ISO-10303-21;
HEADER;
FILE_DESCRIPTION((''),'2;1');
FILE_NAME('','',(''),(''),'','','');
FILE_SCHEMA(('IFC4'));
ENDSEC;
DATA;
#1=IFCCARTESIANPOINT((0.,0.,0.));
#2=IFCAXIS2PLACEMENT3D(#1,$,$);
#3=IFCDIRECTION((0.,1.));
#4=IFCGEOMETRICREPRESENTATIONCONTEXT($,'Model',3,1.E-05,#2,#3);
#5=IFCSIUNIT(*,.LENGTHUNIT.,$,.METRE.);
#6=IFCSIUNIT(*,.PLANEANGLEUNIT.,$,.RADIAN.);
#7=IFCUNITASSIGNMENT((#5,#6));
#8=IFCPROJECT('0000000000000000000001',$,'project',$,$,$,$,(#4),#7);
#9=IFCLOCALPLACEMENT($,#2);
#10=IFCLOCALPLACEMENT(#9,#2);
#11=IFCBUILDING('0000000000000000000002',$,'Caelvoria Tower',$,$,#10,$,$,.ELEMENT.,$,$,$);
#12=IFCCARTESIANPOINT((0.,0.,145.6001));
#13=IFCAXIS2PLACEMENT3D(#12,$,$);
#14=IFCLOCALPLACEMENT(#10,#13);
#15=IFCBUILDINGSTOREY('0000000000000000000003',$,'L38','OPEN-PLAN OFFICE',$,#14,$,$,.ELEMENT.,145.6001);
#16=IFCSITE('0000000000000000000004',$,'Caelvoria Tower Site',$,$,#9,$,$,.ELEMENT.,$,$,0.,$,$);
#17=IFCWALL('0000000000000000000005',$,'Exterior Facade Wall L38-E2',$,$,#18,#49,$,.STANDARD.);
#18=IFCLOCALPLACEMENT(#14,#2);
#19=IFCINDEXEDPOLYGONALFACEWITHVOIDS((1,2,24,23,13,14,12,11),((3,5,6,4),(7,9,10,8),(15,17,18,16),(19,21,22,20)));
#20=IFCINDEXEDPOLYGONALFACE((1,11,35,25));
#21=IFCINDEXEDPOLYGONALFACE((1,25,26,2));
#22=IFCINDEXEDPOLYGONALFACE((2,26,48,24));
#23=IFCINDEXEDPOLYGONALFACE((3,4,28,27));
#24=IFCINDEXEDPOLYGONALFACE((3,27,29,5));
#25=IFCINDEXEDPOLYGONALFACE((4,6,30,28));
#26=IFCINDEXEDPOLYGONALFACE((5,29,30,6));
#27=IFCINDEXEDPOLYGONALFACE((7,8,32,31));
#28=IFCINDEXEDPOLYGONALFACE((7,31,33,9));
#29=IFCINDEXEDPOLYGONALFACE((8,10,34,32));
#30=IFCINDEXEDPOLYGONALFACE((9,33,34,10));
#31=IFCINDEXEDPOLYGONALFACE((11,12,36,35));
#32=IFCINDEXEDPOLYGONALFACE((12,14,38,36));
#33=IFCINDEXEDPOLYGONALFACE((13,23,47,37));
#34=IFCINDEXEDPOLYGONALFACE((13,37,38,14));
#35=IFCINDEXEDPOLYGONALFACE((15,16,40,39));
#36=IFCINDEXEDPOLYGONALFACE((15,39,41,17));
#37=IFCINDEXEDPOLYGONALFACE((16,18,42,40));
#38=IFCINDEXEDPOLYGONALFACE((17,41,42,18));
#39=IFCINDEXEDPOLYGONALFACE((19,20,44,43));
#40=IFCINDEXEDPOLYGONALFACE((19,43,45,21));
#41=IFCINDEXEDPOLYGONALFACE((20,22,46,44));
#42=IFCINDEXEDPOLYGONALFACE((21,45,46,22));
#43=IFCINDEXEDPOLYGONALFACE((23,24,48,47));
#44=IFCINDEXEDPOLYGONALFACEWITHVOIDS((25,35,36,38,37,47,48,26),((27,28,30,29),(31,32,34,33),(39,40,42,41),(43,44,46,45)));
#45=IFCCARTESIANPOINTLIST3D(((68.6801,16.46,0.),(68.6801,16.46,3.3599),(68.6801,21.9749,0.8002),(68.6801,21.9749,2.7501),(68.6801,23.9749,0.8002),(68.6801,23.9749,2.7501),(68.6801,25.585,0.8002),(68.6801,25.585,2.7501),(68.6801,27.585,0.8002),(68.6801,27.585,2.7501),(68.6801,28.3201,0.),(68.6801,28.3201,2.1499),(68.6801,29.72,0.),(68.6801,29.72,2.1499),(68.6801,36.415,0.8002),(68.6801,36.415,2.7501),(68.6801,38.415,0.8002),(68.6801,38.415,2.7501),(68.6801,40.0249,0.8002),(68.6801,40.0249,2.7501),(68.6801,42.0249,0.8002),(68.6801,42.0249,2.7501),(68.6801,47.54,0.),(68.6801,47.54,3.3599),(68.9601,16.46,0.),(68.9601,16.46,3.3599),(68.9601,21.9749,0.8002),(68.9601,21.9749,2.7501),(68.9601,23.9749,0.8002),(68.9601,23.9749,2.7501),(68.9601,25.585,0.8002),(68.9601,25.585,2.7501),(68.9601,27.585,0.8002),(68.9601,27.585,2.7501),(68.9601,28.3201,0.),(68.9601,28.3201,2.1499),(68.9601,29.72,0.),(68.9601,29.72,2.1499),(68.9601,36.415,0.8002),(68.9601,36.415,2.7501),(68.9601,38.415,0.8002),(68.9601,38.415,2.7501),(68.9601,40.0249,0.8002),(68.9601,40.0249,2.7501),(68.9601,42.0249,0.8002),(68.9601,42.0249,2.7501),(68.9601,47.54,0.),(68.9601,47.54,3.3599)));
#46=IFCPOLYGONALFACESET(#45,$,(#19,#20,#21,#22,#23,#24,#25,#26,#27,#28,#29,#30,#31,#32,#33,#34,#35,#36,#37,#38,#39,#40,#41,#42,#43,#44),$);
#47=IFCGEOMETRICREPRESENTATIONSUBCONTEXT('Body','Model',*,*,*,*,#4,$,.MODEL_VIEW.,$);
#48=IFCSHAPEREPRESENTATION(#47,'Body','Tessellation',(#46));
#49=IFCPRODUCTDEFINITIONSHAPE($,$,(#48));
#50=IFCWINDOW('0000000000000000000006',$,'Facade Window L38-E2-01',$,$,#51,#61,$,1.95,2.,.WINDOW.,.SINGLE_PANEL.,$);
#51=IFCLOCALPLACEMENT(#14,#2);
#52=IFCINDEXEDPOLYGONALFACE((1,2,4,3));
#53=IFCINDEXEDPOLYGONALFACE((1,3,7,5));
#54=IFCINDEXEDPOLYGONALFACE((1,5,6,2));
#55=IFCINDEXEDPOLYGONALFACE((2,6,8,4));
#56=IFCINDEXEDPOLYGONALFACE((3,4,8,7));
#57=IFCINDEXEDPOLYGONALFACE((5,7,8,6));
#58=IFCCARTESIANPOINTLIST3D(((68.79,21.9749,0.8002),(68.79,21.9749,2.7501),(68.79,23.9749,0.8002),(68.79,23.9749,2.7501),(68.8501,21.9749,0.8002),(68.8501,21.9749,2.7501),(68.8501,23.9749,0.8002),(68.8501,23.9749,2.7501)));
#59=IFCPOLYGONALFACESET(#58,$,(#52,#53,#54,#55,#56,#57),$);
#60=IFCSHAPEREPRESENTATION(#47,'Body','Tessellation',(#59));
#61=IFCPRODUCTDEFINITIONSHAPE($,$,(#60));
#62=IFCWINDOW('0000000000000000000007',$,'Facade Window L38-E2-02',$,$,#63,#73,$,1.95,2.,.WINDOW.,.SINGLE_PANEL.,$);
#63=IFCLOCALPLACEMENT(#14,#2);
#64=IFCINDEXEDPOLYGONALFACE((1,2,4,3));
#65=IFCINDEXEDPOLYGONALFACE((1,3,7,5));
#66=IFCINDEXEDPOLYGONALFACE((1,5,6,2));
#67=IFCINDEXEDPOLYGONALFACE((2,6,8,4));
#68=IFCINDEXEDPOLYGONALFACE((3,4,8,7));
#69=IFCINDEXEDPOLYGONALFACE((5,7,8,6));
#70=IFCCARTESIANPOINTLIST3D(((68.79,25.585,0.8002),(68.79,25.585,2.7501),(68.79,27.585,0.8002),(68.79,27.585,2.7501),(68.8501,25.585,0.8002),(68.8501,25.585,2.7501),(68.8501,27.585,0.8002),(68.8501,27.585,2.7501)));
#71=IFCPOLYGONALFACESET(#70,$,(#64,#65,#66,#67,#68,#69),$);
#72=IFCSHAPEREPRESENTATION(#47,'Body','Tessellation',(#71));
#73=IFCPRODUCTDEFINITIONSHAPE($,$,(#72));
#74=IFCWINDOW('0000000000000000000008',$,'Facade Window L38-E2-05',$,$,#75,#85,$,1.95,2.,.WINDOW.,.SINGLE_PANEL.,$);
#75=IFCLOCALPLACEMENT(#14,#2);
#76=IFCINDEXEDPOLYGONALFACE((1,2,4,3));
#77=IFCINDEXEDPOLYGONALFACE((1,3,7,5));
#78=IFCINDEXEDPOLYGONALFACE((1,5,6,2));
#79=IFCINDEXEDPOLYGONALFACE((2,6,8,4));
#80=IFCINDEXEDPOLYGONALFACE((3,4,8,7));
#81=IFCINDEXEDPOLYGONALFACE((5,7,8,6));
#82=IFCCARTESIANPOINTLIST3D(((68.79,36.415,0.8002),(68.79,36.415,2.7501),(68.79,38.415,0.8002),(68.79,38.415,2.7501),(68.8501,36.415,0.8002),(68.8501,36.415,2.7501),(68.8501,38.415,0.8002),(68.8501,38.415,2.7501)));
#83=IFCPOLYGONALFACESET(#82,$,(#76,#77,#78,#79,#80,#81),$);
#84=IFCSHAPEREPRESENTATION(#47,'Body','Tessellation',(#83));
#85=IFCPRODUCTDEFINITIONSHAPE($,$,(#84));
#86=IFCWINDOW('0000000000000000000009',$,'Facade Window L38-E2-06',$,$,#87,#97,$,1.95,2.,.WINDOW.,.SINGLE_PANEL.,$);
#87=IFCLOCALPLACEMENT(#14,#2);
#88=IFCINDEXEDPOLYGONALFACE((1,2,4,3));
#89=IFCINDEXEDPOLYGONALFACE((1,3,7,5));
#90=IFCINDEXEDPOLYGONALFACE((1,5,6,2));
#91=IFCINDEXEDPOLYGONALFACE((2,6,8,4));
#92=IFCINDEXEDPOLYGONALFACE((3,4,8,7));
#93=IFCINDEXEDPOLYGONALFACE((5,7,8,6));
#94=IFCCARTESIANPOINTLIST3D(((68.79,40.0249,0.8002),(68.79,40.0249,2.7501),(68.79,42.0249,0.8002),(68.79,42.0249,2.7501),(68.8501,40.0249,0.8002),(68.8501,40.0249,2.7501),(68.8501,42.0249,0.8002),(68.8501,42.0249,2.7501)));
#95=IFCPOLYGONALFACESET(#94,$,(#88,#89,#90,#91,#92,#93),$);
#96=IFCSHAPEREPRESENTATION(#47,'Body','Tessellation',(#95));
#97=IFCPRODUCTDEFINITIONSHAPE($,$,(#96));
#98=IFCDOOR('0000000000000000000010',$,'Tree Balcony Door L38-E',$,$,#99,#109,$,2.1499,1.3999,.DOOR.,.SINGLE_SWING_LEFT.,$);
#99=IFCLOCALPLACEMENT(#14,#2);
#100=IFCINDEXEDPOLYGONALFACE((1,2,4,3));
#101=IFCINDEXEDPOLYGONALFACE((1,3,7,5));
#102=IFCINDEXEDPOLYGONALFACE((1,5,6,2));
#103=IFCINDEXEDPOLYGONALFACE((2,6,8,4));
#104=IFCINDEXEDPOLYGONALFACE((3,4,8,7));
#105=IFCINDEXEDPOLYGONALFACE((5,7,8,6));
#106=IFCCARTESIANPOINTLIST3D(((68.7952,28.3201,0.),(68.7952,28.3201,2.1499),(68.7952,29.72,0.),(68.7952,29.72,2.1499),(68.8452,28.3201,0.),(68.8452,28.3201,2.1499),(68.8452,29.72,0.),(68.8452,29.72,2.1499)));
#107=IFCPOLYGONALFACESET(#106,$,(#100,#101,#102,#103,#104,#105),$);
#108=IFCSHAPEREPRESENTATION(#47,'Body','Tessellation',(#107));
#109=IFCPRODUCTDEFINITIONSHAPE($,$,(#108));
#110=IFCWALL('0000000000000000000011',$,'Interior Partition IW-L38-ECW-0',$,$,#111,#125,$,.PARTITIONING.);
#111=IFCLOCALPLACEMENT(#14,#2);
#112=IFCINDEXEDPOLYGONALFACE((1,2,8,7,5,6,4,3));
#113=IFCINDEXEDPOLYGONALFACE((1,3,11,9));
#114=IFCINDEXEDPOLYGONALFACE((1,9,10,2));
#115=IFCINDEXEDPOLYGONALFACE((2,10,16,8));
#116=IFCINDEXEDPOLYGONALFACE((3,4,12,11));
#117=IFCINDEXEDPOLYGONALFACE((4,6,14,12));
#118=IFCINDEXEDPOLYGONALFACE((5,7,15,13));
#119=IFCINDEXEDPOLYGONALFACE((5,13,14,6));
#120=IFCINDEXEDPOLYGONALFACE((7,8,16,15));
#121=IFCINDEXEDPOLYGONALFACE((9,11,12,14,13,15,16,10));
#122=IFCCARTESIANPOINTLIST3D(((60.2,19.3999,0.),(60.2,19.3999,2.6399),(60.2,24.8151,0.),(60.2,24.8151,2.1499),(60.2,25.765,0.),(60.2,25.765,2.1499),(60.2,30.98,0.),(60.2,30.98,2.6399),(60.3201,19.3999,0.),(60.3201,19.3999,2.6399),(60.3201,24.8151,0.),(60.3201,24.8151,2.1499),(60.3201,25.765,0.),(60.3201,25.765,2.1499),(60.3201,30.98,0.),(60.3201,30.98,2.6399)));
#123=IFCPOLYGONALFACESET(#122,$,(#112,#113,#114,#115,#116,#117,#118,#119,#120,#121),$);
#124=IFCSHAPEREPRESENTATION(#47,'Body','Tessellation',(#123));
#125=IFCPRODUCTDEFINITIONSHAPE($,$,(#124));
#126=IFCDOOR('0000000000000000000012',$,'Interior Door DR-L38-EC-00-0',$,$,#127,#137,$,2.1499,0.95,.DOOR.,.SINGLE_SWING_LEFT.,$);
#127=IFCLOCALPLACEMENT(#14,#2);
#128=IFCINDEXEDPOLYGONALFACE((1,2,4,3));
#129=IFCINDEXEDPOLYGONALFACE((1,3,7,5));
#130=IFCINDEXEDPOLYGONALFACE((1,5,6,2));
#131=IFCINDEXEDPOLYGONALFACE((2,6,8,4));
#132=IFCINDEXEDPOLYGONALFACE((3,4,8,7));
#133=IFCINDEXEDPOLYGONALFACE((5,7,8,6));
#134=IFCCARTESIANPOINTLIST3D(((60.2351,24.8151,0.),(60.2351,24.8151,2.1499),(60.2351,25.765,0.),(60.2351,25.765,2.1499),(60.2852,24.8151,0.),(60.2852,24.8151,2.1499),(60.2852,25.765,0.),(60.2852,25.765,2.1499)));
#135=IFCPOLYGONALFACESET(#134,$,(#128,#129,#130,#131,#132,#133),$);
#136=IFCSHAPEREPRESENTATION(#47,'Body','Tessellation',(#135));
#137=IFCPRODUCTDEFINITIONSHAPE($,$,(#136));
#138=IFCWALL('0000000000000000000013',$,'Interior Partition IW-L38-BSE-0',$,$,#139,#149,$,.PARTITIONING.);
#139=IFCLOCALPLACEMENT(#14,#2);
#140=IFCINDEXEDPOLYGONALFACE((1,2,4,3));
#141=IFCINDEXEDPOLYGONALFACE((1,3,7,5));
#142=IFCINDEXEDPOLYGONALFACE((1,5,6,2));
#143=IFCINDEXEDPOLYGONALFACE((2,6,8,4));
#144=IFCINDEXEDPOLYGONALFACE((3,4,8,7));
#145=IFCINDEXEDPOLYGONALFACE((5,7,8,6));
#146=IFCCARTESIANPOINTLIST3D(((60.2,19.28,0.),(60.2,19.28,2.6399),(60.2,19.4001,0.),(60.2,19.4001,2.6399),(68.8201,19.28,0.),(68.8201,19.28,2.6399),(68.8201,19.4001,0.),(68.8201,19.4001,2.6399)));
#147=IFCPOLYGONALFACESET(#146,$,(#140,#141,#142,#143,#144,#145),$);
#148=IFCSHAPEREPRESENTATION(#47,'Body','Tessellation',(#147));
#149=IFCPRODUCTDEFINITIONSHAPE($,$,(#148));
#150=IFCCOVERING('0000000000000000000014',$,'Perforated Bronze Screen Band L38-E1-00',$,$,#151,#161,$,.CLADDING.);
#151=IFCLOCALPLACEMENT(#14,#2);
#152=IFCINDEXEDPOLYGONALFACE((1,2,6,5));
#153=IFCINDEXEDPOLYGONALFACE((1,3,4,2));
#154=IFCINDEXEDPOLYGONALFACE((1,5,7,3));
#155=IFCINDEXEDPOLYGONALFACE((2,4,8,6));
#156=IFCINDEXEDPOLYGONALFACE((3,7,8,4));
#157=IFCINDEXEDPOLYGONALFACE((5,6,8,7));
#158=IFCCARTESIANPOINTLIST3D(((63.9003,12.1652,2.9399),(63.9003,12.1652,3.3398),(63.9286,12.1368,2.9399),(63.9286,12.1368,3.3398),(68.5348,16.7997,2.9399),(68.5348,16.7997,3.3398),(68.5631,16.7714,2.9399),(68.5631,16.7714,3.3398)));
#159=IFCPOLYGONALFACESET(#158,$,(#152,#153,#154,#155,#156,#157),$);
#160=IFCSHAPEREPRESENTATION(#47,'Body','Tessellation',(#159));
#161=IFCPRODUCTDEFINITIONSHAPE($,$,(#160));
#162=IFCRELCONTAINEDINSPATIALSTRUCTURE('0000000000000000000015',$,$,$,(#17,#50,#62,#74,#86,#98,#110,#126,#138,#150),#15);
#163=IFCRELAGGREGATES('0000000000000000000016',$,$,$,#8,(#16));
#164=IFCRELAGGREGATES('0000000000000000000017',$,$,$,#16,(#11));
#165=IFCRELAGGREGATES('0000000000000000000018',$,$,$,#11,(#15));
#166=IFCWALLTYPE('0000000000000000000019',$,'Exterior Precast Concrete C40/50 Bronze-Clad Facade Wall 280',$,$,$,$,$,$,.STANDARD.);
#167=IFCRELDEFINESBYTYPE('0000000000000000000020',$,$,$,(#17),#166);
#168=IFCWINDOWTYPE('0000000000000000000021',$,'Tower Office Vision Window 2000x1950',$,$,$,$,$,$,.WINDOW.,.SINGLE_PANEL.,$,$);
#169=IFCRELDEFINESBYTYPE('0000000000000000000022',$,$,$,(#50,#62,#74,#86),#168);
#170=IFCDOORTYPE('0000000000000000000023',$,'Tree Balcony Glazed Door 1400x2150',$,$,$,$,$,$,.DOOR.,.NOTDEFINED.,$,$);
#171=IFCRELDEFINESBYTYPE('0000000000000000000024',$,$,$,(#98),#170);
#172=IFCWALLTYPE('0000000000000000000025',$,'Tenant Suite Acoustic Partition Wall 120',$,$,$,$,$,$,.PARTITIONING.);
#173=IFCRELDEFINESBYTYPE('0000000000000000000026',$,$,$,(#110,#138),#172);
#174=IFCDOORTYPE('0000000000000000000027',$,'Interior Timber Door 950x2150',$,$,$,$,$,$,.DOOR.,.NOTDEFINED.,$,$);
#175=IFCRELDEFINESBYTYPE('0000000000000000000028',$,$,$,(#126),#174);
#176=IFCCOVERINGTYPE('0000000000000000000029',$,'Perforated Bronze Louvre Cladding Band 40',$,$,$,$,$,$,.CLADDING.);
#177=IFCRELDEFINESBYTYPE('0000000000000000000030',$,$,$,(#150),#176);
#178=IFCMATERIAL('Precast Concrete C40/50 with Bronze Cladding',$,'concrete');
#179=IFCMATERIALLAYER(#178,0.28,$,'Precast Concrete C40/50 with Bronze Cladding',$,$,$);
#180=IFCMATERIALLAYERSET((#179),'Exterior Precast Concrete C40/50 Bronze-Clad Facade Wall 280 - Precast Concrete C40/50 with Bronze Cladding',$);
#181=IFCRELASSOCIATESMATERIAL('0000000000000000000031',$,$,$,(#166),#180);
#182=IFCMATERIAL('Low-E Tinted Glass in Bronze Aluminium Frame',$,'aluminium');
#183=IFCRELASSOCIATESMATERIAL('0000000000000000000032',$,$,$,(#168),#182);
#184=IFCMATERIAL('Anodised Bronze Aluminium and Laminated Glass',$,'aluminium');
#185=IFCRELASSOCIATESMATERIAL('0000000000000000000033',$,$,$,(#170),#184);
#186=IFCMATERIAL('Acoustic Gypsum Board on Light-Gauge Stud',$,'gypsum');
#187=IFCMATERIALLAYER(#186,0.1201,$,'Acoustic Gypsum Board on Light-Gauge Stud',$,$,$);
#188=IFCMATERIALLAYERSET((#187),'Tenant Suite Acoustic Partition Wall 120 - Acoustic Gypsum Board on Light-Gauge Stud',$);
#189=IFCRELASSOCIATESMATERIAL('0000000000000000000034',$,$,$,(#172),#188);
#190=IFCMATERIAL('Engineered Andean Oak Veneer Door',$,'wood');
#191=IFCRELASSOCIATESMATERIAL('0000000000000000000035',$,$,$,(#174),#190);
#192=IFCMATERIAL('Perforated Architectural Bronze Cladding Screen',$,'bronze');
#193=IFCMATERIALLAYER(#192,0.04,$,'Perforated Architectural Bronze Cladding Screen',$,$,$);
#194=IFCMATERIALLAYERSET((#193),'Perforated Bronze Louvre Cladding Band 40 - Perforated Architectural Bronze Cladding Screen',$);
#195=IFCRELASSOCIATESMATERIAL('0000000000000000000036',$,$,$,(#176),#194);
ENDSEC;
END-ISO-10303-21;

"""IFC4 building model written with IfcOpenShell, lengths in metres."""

from ifc_helpers import new_model, si_unit, direction, frame, frame_2d, origin, origin_2d, place, context, subcontext, project, spatial, rectangle, extrude, material, layer, layer_set, type_object, element, fill, save


model = new_model("IFC4")

# Units and contexts
model_context = context("Model", 3, precision=1e-05, world=origin(), true_north=direction((0.0, 1.0)))
body_context = subcontext(model_context, "Body", "Model", "MODEL_VIEW")
ifc_project = project(units=[si_unit("LENGTHUNIT", "METRE"), si_unit("PLANEANGLEUNIT", "RADIAN")], contexts=[model_context])

# Site, building, storey
site_placement = place(None, origin())
site = spatial("IfcSite", under=ifc_project, at=site_placement, Name="Caelvoria Tower Site", CompositionType="ELEMENT", RefElevation=0.0)
building_placement = place(site_placement, origin())
building = spatial("IfcBuilding", under=site, at=building_placement, Name="Caelvoria Tower", CompositionType="ELEMENT")
storey_placement = place(building_placement, frame((0.0, 0.0, 145.6001)))
storey = spatial("IfcBuildingStorey", under=building, at=storey_placement, Name="L38", Description="OPEN-PLAN OFFICE", CompositionType="ELEMENT", Elevation=145.6001)

# Shared definitions
ifc_material_1 = material(Name="Precast Concrete C40/50 with Bronze Cladding", Category="concrete")
ifc_layer_1 = layer(ifc_material_1, 0.28, Name="Precast Concrete C40/50 with Bronze Cladding")
ifc_layer_set_1 = layer_set([ifc_layer_1], Name="Exterior Precast Concrete C40/50 Bronze-Clad Facade Wall 280 - Precast Concrete C40/50 with Bronze Cladding")
wall_type_1 = type_object("IfcWallType", Name="Exterior Precast Concrete C40/50 Bronze-Clad Facade Wall 280", PredefinedType="STANDARD", material=ifc_layer_set_1)

# Wall, openings, windows, door
wall_1_placement = place(storey_placement, frame((68.8201, 16.46, 0.0), z_axis=(0.0, 0.0, 1.0), x_axis=(0.0, 1.0, 0.0)))
wall_1 = element("IfcWall", 1, at=wall_1_placement, inside=storey, type_object=wall_type_1, Name="Exterior Facade Wall L38-E2", PredefinedType="STANDARD", context=body_context, shape_type="SweptSolid", body=[
    extrude(rectangle(XDim=31.0801, YDim=0.28, at=frame_2d((15.54, 0.0))), origin(), (0.0, 0.0, 1.0), 3.3599),
])
opening_1_placement = place(wall_1_placement, frame((11.8601, 0.0, 0.0)))
opening_1 = element("IfcOpeningElement", 2, at=opening_1_placement, cuts=wall_1, PredefinedType="OPENING", context=body_context, shape_type="SweptSolid", body=[
    extrude(rectangle(XDim=1.3999, YDim=2.1499, at=frame_2d((0.7, 1.075))), frame((0.0, 0.1499, 0.0), z_axis=(0.0, -1.0, 0.0), x_axis=(1.0, 0.0, 0.0)), (0.0, 0.0, 1.0), 0.3),
])
opening_2_placement = place(wall_1_placement, frame((5.5149, 0.0, 0.8)))
opening_2 = element("IfcOpeningElement", 3, at=opening_2_placement, cuts=wall_1, PredefinedType="OPENING", context=body_context, shape_type="SweptSolid", body=[
    extrude(rectangle(XDim=2.0, YDim=1.95, at=frame_2d((1.0, 0.9751))), frame((0.0, 0.1499, 0.0), z_axis=(0.0, -1.0, 0.0), x_axis=(1.0, 0.0, 0.0)), (0.0, 0.0, 1.0), 0.3),
])
opening_3_placement = place(wall_1_placement, frame((9.125, 0.0, 0.8)))
opening_3 = element("IfcOpeningElement", 4, at=opening_3_placement, cuts=wall_1, PredefinedType="OPENING", context=body_context, shape_type="SweptSolid", body=[
    extrude(rectangle(XDim=2.0, YDim=1.95, at=frame_2d((1.0, 0.9751))), frame((0.0, 0.1499, 0.0), z_axis=(0.0, -1.0, 0.0), x_axis=(1.0, 0.0, 0.0)), (0.0, 0.0, 1.0), 0.3),
])
opening_4_placement = place(wall_1_placement, frame((19.9551, 0.0, 0.8)))
opening_4 = element("IfcOpeningElement", 5, at=opening_4_placement, cuts=wall_1, PredefinedType="OPENING", context=body_context, shape_type="SweptSolid", body=[
    extrude(rectangle(XDim=2.0, YDim=1.95, at=frame_2d((1.0, 0.9751))), frame((0.0, 0.1499, 0.0), z_axis=(0.0, -1.0, 0.0), x_axis=(1.0, 0.0, 0.0)), (0.0, 0.0, 1.0), 0.3),
])
opening_5_placement = place(wall_1_placement, frame((23.5649, 0.0, 0.8)))
opening_5 = element("IfcOpeningElement", 6, at=opening_5_placement, cuts=wall_1, PredefinedType="OPENING", context=body_context, shape_type="SweptSolid", body=[
    extrude(rectangle(XDim=2.0, YDim=1.95, at=frame_2d((1.0, 0.9751))), frame((0.0, 0.1499, 0.0), z_axis=(0.0, -1.0, 0.0), x_axis=(1.0, 0.0, 0.0)), (0.0, 0.0, 1.0), 0.3),
])
ifc_material_2 = material(Name="Low-E Tinted Glass in Bronze Aluminium Frame", Category="aluminium")
window_type = type_object("IfcWindowType", Name="Tower Office Vision Window 2000x1950", PartitioningType="SINGLE_PANEL", PredefinedType="WINDOW", material=ifc_material_2)
window_1_placement = place(opening_2_placement, origin())
window_1 = element("IfcWindow", 7, at=window_1_placement, inside=storey, type_object=window_type, Name="Facade Window L38-E2-01", OverallHeight=1.95, OverallWidth=2.0, PartitioningType="SINGLE_PANEL", PredefinedType="WINDOW", context=body_context, shape_type="SweptSolid", body=[
    extrude(rectangle(XDim=2.0, YDim=1.95, at=frame_2d((1.0, 0.9751))), frame((0.0, 0.03, 0.0), z_axis=(0.0, -1.0, 0.0), x_axis=(1.0, 0.0, 0.0)), (0.0, 0.0, 1.0), 0.0601),
])
fill(opening_2, window_1)
window_2_placement = place(opening_3_placement, origin())
window_2 = element("IfcWindow", 8, at=window_2_placement, inside=storey, type_object=window_type, Name="Facade Window L38-E2-02", OverallHeight=1.95, OverallWidth=2.0, PartitioningType="SINGLE_PANEL", PredefinedType="WINDOW", context=body_context, shape_type="SweptSolid", body=[
    extrude(rectangle(XDim=2.0, YDim=1.95, at=frame_2d((1.0, 0.9751))), frame((0.0, 0.03, 0.0), z_axis=(0.0, -1.0, 0.0), x_axis=(1.0, 0.0, 0.0)), (0.0, 0.0, 1.0), 0.0601),
])
fill(opening_3, window_2)
window_3_placement = place(opening_4_placement, origin())
window_3 = element("IfcWindow", 9, at=window_3_placement, inside=storey, type_object=window_type, Name="Facade Window L38-E2-05", OverallHeight=1.95, OverallWidth=2.0, PartitioningType="SINGLE_PANEL", PredefinedType="WINDOW", context=body_context, shape_type="SweptSolid", body=[
    extrude(rectangle(XDim=2.0, YDim=1.95, at=frame_2d((1.0, 0.9751))), frame((0.0, 0.03, 0.0), z_axis=(0.0, -1.0, 0.0), x_axis=(1.0, 0.0, 0.0)), (0.0, 0.0, 1.0), 0.0601),
])
fill(opening_4, window_3)
window_4_placement = place(opening_5_placement, origin())
window_4 = element("IfcWindow", 10, at=window_4_placement, inside=storey, type_object=window_type, Name="Facade Window L38-E2-06", OverallHeight=1.95, OverallWidth=2.0, PartitioningType="SINGLE_PANEL", PredefinedType="WINDOW", context=body_context, shape_type="SweptSolid", body=[
    extrude(rectangle(XDim=2.0, YDim=1.95, at=frame_2d((1.0, 0.9751))), frame((0.0, 0.03, 0.0), z_axis=(0.0, -1.0, 0.0), x_axis=(1.0, 0.0, 0.0)), (0.0, 0.0, 1.0), 0.0601),
])
fill(opening_5, window_4)
ifc_material_3 = material(Name="Anodised Bronze Aluminium and Laminated Glass", Category="aluminium")
door_type_1 = type_object("IfcDoorType", Name="Tree Balcony Glazed Door 1400x2150", OperationType="NOTDEFINED", PredefinedType="DOOR", material=ifc_material_3)
door_1_placement = place(opening_1_placement, origin())
door_1 = element("IfcDoor", 11, at=door_1_placement, inside=storey, type_object=door_type_1, Name="Tree Balcony Door L38-E", OperationType="SINGLE_SWING_LEFT", OverallHeight=2.1499, OverallWidth=1.3999, PredefinedType="DOOR", context=body_context, shape_type="SweptSolid", body=[
    extrude(rectangle(XDim=1.3999, YDim=2.1499, at=frame_2d((0.7, 1.075))), frame((0.0, 0.0249, 0.0), z_axis=(0.0, -1.0, 0.0), x_axis=(1.0, 0.0, 0.0)), (0.0, 0.0, 1.0), 0.05),
])
fill(opening_1, door_1)

# Wall, opening, door
ifc_material_4 = material(Name="Acoustic Gypsum Board on Light-Gauge Stud", Category="gypsum")
ifc_layer_2 = layer(ifc_material_4, 0.1201, Name="Acoustic Gypsum Board on Light-Gauge Stud")
ifc_layer_set_2 = layer_set([ifc_layer_2], Name="Tenant Suite Acoustic Partition Wall 120 - Acoustic Gypsum Board on Light-Gauge Stud")
wall_type_2 = type_object("IfcWallType", Name="Tenant Suite Acoustic Partition Wall 120", PredefinedType="PARTITIONING", material=ifc_layer_set_2)
wall_2_placement = place(storey_placement, frame((60.26, 19.3999, 0.0), z_axis=(0.0, 0.0, 1.0), x_axis=(0.0, 1.0, 0.0)))
wall_2 = element("IfcWall", 12, at=wall_2_placement, inside=storey, type_object=wall_type_2, Name="Interior Partition IW-L38-ECW-0", PredefinedType="PARTITIONING", context=body_context, shape_type="SweptSolid", body=[
    extrude(rectangle(XDim=11.5801, YDim=0.1201, at=frame_2d((5.79, 0.0))), origin(), (0.0, 0.0, 1.0), 2.6399),
])
opening_6_placement = place(wall_2_placement, frame((5.415, 0.0, 0.0)))
opening_6 = element("IfcOpeningElement", 13, at=opening_6_placement, cuts=wall_2, PredefinedType="OPENING", context=body_context, shape_type="SweptSolid", body=[
    extrude(rectangle(XDim=0.95, YDim=2.1499, at=frame_2d((0.4751, 1.075))), frame((0.0, 0.0701, 0.0), z_axis=(0.0, -1.0, 0.0), x_axis=(1.0, 0.0, 0.0)), (0.0, 0.0, 1.0), 0.1401),
])
ifc_material_5 = material(Name="Engineered Andean Oak Veneer Door", Category="wood")
door_type_2 = type_object("IfcDoorType", Name="Interior Timber Door 950x2150", OperationType="NOTDEFINED", PredefinedType="DOOR", material=ifc_material_5)
door_2_placement = place(opening_6_placement, origin())
door_2 = element("IfcDoor", 14, at=door_2_placement, inside=storey, type_object=door_type_2, Name="Interior Door DR-L38-EC-00-0", OperationType="SINGLE_SWING_LEFT", OverallHeight=2.1499, OverallWidth=0.95, PredefinedType="DOOR", context=body_context, shape_type="SweptSolid", body=[
    extrude(rectangle(XDim=0.95, YDim=2.1499, at=frame_2d((0.4751, 1.075))), frame((0.0, 0.0249, 0.0), z_axis=(0.0, -1.0, 0.0), x_axis=(1.0, 0.0, 0.0)), (0.0, 0.0, 1.0), 0.05),
])
fill(opening_6, door_2)

# Wall
wall_3_placement = place(storey_placement, frame((60.2, 19.3401, 0.0), z_axis=(0.0, 0.0, 1.0), x_axis=(1.0, 0.0, 0.0)))
element("IfcWall", 15, at=wall_3_placement, inside=storey, type_object=wall_type_2, Name="Interior Partition IW-L38-BSE-0", PredefinedType="PARTITIONING", context=body_context, shape_type="SweptSolid", body=[
    extrude(rectangle(XDim=8.6201, YDim=0.1201, at=frame_2d((4.3101, 0.0))), origin(), (0.0, 0.0, 1.0), 2.6399),
])

# Covering
ifc_material_6 = material(Name="Perforated Architectural Bronze Cladding Screen", Category="bronze")
ifc_layer_3 = layer(ifc_material_6, 0.04, Name="Perforated Architectural Bronze Cladding Screen")
ifc_layer_set_3 = layer_set([ifc_layer_3], Name="Perforated Bronze Louvre Cladding Band 40 - Perforated Architectural Bronze Cladding Screen")
covering_type = type_object("IfcCoveringType", Name="Perforated Bronze Louvre Cladding Band 40", PredefinedType="CLADDING", material=ifc_layer_set_3)
covering_1_placement = place(storey_placement, frame((66.2317, 14.4683, 2.9399), z_axis=(0.0, 0.0, 1.0), x_axis=(0.707107, 0.707107, 0.0)))
element("IfcCovering", 16, at=covering_1_placement, inside=storey, type_object=covering_type, Name="Perforated Bronze Screen Band L38-E1-00", PredefinedType="CLADDING", context=body_context, shape_type="SweptSolid", body=[
    extrude(rectangle(XDim=6.5542, YDim=0.04, at=origin_2d()), origin(), (0.0, 0.0, 1.0), 0.3999),
])

save(model, "model.ifc")
